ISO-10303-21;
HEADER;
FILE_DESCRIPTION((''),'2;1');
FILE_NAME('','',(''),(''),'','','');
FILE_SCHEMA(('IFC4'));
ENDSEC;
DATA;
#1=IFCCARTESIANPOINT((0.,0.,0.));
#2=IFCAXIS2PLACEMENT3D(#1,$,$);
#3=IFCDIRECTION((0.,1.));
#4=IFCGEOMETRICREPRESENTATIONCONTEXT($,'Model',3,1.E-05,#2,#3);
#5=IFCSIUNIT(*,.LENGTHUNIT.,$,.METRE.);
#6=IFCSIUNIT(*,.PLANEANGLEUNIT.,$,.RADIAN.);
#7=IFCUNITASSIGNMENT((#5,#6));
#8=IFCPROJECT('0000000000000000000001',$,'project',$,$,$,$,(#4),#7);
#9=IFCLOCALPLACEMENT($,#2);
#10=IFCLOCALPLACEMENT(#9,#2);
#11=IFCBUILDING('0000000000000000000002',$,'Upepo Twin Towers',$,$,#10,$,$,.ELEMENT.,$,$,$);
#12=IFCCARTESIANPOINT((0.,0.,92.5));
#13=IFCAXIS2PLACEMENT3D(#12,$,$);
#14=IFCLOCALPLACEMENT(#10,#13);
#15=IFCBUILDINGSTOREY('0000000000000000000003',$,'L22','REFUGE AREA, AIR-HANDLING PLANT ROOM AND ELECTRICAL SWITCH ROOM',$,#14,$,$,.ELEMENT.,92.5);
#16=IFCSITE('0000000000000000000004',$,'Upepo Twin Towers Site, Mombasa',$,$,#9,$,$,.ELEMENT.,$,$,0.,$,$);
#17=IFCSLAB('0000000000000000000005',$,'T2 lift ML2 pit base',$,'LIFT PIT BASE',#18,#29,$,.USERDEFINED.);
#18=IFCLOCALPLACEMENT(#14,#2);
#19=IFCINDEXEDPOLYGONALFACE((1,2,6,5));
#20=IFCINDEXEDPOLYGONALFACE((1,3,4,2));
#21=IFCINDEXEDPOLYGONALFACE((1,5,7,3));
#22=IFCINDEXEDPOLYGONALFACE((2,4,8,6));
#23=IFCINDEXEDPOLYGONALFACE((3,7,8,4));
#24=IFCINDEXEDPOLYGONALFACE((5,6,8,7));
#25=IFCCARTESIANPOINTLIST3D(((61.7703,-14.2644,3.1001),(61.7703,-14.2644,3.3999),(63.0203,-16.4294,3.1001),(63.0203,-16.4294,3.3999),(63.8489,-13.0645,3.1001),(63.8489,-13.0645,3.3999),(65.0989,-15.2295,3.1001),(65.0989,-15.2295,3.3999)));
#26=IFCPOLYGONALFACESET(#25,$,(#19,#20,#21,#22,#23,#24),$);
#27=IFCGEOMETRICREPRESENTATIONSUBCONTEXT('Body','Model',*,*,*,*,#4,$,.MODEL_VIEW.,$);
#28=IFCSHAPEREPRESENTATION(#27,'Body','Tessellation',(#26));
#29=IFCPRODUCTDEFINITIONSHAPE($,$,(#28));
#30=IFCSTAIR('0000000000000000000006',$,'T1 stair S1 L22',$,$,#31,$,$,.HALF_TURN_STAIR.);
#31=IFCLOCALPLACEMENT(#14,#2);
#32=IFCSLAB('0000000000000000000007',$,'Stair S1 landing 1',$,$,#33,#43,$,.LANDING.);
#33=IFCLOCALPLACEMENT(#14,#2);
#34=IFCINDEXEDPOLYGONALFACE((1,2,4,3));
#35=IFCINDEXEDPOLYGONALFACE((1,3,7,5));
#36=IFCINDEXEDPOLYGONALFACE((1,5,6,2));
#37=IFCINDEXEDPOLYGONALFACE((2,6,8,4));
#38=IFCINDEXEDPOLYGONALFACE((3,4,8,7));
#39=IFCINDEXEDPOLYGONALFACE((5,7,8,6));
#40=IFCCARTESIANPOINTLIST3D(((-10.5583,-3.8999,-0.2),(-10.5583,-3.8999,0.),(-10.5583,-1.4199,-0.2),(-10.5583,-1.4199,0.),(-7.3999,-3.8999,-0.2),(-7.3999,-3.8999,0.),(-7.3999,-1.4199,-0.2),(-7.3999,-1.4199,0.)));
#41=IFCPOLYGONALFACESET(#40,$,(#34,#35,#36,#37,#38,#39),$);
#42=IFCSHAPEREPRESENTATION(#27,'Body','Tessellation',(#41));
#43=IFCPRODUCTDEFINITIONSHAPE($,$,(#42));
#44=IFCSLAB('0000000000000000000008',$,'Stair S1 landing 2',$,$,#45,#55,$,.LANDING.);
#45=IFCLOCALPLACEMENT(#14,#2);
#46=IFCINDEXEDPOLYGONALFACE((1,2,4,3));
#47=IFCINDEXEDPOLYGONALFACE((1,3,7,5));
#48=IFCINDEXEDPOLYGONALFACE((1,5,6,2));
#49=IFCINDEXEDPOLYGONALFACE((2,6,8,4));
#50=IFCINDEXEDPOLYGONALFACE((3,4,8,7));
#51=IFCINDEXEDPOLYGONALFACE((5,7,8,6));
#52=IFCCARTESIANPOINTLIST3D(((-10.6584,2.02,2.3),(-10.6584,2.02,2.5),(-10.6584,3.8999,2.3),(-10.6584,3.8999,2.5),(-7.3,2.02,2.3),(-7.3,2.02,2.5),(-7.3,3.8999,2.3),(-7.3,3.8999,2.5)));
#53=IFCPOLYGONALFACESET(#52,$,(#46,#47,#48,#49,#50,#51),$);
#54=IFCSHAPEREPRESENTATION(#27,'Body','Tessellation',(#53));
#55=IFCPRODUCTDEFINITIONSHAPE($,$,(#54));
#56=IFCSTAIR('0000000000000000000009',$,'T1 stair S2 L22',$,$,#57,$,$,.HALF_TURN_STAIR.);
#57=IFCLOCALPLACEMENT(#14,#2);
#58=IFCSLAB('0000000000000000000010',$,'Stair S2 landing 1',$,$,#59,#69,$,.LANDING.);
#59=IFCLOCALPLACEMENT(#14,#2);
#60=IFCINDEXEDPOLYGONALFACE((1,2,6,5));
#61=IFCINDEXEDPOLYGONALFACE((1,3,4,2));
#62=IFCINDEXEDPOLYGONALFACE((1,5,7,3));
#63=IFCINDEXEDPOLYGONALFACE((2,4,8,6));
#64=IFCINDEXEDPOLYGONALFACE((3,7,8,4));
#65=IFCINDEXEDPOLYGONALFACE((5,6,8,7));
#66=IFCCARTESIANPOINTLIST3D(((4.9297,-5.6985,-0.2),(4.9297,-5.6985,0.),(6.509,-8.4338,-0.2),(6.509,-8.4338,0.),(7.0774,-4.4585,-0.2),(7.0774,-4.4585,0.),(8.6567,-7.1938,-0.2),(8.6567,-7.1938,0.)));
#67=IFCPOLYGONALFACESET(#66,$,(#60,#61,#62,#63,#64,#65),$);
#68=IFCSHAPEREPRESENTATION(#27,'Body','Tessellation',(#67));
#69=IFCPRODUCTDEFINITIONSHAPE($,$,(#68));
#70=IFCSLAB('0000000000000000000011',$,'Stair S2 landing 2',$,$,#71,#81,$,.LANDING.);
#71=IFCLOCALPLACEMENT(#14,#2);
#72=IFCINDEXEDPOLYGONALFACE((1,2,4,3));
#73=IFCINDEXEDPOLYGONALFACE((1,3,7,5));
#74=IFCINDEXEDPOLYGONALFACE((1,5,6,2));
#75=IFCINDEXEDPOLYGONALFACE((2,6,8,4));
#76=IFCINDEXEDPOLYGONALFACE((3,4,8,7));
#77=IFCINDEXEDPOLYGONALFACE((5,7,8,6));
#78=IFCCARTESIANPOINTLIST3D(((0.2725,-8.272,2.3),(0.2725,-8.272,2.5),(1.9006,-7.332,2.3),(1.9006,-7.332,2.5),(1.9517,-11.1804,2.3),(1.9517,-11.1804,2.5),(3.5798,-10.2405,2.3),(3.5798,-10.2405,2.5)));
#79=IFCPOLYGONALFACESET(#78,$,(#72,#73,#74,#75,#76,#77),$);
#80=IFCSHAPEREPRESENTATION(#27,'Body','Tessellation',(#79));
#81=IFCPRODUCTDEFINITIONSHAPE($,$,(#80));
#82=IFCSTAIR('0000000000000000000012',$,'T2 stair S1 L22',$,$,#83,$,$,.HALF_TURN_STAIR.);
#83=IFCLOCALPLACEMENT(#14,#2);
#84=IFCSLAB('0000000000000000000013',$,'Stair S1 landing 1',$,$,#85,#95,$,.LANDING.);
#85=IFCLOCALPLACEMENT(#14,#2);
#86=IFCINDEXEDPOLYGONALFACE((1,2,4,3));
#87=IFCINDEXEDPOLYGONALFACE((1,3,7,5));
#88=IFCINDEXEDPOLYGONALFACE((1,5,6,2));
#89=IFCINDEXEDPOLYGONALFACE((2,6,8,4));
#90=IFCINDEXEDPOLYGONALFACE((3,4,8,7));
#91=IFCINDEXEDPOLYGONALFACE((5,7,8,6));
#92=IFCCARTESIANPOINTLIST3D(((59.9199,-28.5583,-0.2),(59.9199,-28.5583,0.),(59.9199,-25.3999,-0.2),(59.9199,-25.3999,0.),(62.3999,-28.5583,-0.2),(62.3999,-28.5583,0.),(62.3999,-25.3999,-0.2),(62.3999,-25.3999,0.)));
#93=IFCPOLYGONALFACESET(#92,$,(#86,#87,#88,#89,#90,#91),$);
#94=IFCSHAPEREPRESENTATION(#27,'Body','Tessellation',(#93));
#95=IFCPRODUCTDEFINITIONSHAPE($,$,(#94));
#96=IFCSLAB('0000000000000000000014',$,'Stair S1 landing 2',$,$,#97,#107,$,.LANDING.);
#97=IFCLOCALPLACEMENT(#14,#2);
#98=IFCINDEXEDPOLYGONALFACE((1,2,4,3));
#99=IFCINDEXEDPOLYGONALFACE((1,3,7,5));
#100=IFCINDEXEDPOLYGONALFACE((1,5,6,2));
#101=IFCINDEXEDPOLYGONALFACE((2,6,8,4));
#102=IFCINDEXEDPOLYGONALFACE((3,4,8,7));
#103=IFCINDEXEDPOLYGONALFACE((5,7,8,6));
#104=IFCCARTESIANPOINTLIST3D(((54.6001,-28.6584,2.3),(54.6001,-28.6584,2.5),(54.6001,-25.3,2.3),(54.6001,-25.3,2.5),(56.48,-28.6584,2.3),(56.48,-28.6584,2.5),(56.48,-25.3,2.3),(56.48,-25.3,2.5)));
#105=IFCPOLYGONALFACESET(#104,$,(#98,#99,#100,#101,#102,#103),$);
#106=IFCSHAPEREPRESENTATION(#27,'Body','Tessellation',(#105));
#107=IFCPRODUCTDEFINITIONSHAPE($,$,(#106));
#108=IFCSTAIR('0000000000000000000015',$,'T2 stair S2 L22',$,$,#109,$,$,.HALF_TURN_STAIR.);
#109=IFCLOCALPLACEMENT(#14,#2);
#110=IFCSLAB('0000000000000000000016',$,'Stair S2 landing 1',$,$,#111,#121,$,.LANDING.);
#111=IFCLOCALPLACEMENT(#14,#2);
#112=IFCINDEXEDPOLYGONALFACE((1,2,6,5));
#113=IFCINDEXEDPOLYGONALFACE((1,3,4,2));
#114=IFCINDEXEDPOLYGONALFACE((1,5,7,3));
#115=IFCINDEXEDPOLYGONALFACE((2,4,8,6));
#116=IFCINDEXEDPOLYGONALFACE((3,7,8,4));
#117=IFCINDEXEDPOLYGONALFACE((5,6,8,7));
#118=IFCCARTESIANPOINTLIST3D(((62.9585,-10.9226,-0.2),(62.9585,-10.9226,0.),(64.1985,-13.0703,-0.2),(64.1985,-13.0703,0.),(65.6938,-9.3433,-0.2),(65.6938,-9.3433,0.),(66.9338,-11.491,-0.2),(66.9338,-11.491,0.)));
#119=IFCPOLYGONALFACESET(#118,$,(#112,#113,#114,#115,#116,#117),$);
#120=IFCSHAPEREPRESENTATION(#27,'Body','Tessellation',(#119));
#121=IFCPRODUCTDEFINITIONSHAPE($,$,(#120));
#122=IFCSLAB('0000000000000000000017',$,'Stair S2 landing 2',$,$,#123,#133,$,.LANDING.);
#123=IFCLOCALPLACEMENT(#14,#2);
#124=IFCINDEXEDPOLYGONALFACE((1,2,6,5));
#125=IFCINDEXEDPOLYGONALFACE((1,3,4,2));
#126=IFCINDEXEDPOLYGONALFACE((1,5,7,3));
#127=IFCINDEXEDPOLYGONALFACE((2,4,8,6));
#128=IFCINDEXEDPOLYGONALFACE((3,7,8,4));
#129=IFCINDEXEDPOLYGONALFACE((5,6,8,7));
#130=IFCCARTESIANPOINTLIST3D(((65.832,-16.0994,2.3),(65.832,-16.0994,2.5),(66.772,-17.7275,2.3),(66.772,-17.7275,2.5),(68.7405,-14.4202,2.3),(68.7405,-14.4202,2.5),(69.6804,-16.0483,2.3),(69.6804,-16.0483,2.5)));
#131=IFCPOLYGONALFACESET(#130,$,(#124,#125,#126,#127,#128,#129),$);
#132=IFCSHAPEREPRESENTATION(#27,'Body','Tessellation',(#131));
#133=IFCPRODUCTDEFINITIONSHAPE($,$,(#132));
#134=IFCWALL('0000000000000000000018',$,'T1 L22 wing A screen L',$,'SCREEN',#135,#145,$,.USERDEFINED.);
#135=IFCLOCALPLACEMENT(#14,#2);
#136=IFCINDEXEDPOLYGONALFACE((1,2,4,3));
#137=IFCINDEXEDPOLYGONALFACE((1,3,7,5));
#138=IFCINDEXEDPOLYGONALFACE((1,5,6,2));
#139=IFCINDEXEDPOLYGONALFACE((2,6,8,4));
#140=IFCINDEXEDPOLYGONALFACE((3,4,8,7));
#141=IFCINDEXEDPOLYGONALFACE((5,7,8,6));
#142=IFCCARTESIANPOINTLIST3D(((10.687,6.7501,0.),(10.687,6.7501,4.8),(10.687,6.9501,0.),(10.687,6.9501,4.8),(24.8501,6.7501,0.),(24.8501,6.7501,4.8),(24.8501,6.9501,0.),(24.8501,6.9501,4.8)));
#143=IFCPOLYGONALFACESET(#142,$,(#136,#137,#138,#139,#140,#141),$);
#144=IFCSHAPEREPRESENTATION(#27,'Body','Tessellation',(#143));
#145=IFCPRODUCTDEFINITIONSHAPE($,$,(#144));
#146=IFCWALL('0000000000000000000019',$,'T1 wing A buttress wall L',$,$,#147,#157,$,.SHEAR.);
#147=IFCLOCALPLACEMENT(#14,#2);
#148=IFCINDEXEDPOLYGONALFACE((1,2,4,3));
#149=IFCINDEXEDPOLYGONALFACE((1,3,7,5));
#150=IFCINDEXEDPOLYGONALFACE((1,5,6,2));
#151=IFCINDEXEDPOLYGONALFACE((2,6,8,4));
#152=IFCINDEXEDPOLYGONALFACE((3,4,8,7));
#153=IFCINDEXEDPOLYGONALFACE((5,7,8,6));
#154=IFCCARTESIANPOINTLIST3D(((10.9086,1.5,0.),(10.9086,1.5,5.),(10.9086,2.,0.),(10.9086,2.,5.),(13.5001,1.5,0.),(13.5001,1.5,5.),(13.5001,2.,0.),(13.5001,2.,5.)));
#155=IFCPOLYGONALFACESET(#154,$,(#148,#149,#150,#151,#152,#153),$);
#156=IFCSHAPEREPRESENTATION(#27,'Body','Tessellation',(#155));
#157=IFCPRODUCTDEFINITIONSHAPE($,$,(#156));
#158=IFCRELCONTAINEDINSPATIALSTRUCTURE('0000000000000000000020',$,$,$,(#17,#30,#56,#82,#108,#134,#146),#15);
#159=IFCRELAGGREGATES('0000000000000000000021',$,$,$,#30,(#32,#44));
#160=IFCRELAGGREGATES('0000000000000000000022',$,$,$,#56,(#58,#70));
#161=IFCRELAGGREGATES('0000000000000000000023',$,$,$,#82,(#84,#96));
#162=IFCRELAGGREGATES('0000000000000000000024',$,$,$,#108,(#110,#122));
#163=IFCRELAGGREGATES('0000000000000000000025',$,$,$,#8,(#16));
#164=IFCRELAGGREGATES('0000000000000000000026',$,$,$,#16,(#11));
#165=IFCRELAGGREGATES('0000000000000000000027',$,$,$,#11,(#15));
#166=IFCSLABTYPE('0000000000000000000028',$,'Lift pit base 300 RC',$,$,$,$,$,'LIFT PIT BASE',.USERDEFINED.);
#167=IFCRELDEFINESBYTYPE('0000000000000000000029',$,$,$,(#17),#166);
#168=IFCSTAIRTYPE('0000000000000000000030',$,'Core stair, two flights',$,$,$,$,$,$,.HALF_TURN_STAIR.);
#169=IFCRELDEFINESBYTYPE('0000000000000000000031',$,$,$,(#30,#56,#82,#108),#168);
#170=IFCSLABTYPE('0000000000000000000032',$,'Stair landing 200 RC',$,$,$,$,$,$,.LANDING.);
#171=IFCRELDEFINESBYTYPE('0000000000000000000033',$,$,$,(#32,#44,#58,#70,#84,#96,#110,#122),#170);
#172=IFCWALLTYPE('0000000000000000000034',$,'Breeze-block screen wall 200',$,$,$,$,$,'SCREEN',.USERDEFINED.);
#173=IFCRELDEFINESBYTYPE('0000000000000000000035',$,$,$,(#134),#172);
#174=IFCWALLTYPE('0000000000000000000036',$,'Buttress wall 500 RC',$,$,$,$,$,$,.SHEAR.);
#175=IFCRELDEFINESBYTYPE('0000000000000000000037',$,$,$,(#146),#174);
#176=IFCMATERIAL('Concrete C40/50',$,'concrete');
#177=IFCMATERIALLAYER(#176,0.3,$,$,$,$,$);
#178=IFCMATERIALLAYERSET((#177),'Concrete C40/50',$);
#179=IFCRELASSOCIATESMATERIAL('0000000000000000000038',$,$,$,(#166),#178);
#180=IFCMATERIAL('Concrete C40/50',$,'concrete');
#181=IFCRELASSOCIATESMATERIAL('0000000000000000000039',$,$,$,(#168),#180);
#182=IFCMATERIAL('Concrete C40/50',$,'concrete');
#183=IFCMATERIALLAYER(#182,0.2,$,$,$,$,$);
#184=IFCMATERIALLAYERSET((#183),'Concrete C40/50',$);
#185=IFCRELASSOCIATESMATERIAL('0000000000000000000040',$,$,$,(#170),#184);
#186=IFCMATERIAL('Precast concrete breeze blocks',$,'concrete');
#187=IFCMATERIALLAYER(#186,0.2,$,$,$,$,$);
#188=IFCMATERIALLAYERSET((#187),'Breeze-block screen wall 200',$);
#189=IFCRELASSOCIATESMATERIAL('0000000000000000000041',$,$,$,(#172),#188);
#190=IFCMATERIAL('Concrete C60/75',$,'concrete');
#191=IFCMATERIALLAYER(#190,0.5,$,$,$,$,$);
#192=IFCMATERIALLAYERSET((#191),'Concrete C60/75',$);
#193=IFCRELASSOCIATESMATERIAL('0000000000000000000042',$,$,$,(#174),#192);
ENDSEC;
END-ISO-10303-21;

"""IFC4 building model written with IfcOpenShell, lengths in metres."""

from ifc_helpers import new_model, si_unit, direction, frame, frame_2d, origin, place, context, subcontext, project, spatial, polyline, rectangle, outline, extrude, material, layer, layer_set, type_object, element, aggregate, save


model = new_model("IFC4")

# Units and contexts
model_context = context("Model", 3, precision=1e-05, world=origin(), true_north=direction((0.0, 1.0)))
body_context = subcontext(model_context, "Body", "Model", "MODEL_VIEW")
ifc_project = project(units=[si_unit("LENGTHUNIT", "METRE"), si_unit("PLANEANGLEUNIT", "RADIAN")], contexts=[model_context])

# Site, building, storey
site_placement = place(None, origin())
site = spatial("IfcSite", under=ifc_project, at=site_placement, Name="Upepo Twin Towers Site, Mombasa", CompositionType="ELEMENT", RefElevation=0.0)
building_placement = place(site_placement, origin())
building = spatial("IfcBuilding", under=site, at=building_placement, Name="Upepo Twin Towers", CompositionType="ELEMENT")
storey_placement = place(building_placement, frame((0.0, 0.0, 92.5)))
storey = spatial("IfcBuildingStorey", under=building, at=storey_placement, Name="L22", Description="REFUGE AREA, AIR-HANDLING PLANT ROOM AND ELECTRICAL SWITCH ROOM", CompositionType="ELEMENT", Elevation=92.5)

# Slab
ifc_material_1 = material(Name="Concrete C40/50", Category="concrete")
ifc_layer_1 = layer(ifc_material_1, 0.3)
ifc_layer_set_1 = layer_set([ifc_layer_1], Name="Concrete C40/50")
slab_type_1 = type_object("IfcSlabType", Name="Lift pit base 300 RC", ElementType="LIFT PIT BASE", PredefinedType="USERDEFINED", material=ifc_layer_set_1)
slab_1_placement = place(storey_placement, frame((0.0, 0.0, 3.1001)))
element("IfcSlab", 1, at=slab_1_placement, inside=storey, type_object=slab_type_1, Name="T2 lift ML2 pit base", ObjectType="LIFT PIT BASE", PredefinedType="USERDEFINED", context=body_context, shape_type="SweptSolid", body=[
    extrude(outline(polyline([(63.0203, -16.4294), (65.0989, -15.2295), (63.8489, -13.0645), (61.7703, -14.2644), (63.0203, -16.4294)])), origin(), (0.0, 0.0, 1.0), 0.2998),
])

# Stairs, slabs
ifc_material_2 = material(Name="Concrete C40/50", Category="concrete")
stair_type = type_object("IfcStairType", Name="Core stair, two flights", PredefinedType="HALF_TURN_STAIR", material=ifc_material_2)
stair_1_placement = place(storey_placement, origin())
stair_1 = element("IfcStair", 2, at=stair_1_placement, inside=storey, type_object=stair_type, Name="T1 stair S1 L22", PredefinedType="HALF_TURN_STAIR")
ifc_material_3 = material(Name="Concrete C40/50", Category="concrete")
ifc_layer_2 = layer(ifc_material_3, 0.2)
ifc_layer_set_2 = layer_set([ifc_layer_2], Name="Concrete C40/50")
slab_type_2 = type_object("IfcSlabType", Name="Stair landing 200 RC", PredefinedType="LANDING", material=ifc_layer_set_2)
slab_2_placement = place(storey_placement, frame((0.0, 0.0, -0.2)))
slab_2 = element("IfcSlab", 3, at=slab_2_placement, type_object=slab_type_2, Name="Stair S1 landing 1", PredefinedType="LANDING", context=body_context, shape_type="SweptSolid", body=[
    extrude(outline(polyline([(-7.3999, -1.4199), (-10.5583, -1.4199), (-10.5583, -3.8999), (-7.3999, -3.8999), (-7.3999, -1.4199)])), origin(), (0.0, 0.0, 1.0), 0.2),
])
slab_3_placement = place(storey_placement, frame((0.0, 0.0, 2.3)))
slab_3 = element("IfcSlab", 4, at=slab_3_placement, type_object=slab_type_2, Name="Stair S1 landing 2", PredefinedType="LANDING", context=body_context, shape_type="SweptSolid", body=[
    extrude(outline(polyline([(-7.3, 3.8999), (-10.6584, 3.8999), (-10.6584, 2.02), (-7.3, 2.02), (-7.3, 3.8999)])), origin(), (0.0, 0.0, 1.0), 0.2),
])
aggregate(stair_1, [slab_2, slab_3])
stair_2_placement = place(storey_placement, origin())
stair_2 = element("IfcStair", 5, at=stair_2_placement, inside=storey, type_object=stair_type, Name="T1 stair S2 L22", PredefinedType="HALF_TURN_STAIR")
slab_4_placement = place(storey_placement, frame((0.0, 0.0, -0.2)))
slab_4 = element("IfcSlab", 6, at=slab_4_placement, type_object=slab_type_2, Name="Stair S2 landing 1", PredefinedType="LANDING", context=body_context, shape_type="SweptSolid", body=[
    extrude(outline(polyline([(4.9297, -5.6985), (6.509, -8.4338), (8.6567, -7.1938), (7.0774, -4.4585), (4.9297, -5.6985)])), origin(), (0.0, 0.0, 1.0), 0.2),
])
slab_5_placement = place(storey_placement, frame((0.0, 0.0, 2.3)))
slab_5 = element("IfcSlab", 7, at=slab_5_placement, type_object=slab_type_2, Name="Stair S2 landing 2", PredefinedType="LANDING", context=body_context, shape_type="SweptSolid", body=[
    extrude(outline(polyline([(0.2725, -8.272), (1.9517, -11.1804), (3.5798, -10.2405), (1.9006, -7.332), (0.2725, -8.272)])), origin(), (0.0, 0.0, 1.0), 0.2),
])
aggregate(stair_2, [slab_4, slab_5])
stair_3_placement = place(storey_placement, origin())
stair_3 = element("IfcStair", 8, at=stair_3_placement, inside=storey, type_object=stair_type, Name="T2 stair S1 L22", PredefinedType="HALF_TURN_STAIR")
slab_6_placement = place(storey_placement, frame((0.0, 0.0, -0.2)))
slab_6 = element("IfcSlab", 9, at=slab_6_placement, type_object=slab_type_2, Name="Stair S1 landing 1", PredefinedType="LANDING", context=body_context, shape_type="SweptSolid", body=[
    extrude(outline(polyline([(59.9199, -25.3999), (59.9199, -28.5583), (62.3999, -28.5583), (62.3999, -25.3999), (59.9199, -25.3999)])), origin(), (0.0, 0.0, 1.0), 0.2),
])
slab_7_placement = place(storey_placement, frame((0.0, 0.0, 2.3)))
slab_7 = element("IfcSlab", 10, at=slab_7_placement, type_object=slab_type_2, Name="Stair S1 landing 2", PredefinedType="LANDING", context=body_context, shape_type="SweptSolid", body=[
    extrude(outline(polyline([(54.6001, -25.3), (54.6001, -28.6584), (56.48, -28.6584), (56.48, -25.3), (54.6001, -25.3)])), origin(), (0.0, 0.0, 1.0), 0.2),
])
aggregate(stair_3, [slab_6, slab_7])
stair_4_placement = place(storey_placement, origin())
stair_4 = element("IfcStair", 11, at=stair_4_placement, inside=storey, type_object=stair_type, Name="T2 stair S2 L22", PredefinedType="HALF_TURN_STAIR")
slab_8_placement = place(storey_placement, frame((0.0, 0.0, -0.2)))
slab_8 = element("IfcSlab", 12, at=slab_8_placement, type_object=slab_type_2, Name="Stair S2 landing 1", PredefinedType="LANDING", context=body_context, shape_type="SweptSolid", body=[
    extrude(outline(polyline([(64.1985, -13.0703), (66.9338, -11.491), (65.6938, -9.3433), (62.9585, -10.9226), (64.1985, -13.0703)])), origin(), (0.0, 0.0, 1.0), 0.2),
])
slab_9_placement = place(storey_placement, frame((0.0, 0.0, 2.3)))
slab_9 = element("IfcSlab", 13, at=slab_9_placement, type_object=slab_type_2, Name="Stair S2 landing 2", PredefinedType="LANDING", context=body_context, shape_type="SweptSolid", body=[
    extrude(outline(polyline([(66.772, -17.7275), (69.6804, -16.0483), (68.7405, -14.4202), (65.832, -16.0994), (66.772, -17.7275)])), origin(), (0.0, 0.0, 1.0), 0.2),
])
aggregate(stair_4, [slab_8, slab_9])

# Walls
ifc_material_4 = material(Name="Precast concrete breeze blocks", Category="concrete")
ifc_layer_3 = layer(ifc_material_4, 0.2)
ifc_layer_set_3 = layer_set([ifc_layer_3], Name="Breeze-block screen wall 200")
wall_type_1 = type_object("IfcWallType", Name="Breeze-block screen wall 200", ElementType="SCREEN", PredefinedType="USERDEFINED", material=ifc_layer_set_3)
wall_1_placement = place(storey_placement, frame((10.687, 6.8501, 0.0), z_axis=(0.0, 0.0, 1.0), x_axis=(1.0, 0.0, 0.0)))
element("IfcWall", 14, at=wall_1_placement, inside=storey, type_object=wall_type_1, Name="T1 L22 wing A screen L", ObjectType="SCREEN", PredefinedType="USERDEFINED", context=body_context, shape_type="SweptSolid", body=[
    extrude(rectangle(XDim=14.1631, YDim=0.2, at=frame_2d((7.0815, 0.0))), origin(), (0.0, 0.0, 1.0), 4.8),
])
ifc_material_5 = material(Name="Concrete C60/75", Category="concrete")
ifc_layer_4 = layer(ifc_material_5, 0.5)
ifc_layer_set_4 = layer_set([ifc_layer_4], Name="Concrete C60/75")
wall_type_2 = type_object("IfcWallType", Name="Buttress wall 500 RC", PredefinedType="SHEAR", material=ifc_layer_set_4)
wall_2_placement = place(storey_placement, frame((10.9084, 1.75, 0.0), z_axis=(0.0, 0.0, 1.0), x_axis=(1.0, 0.0, 0.0)))
element("IfcWall", 15, at=wall_2_placement, inside=storey, type_object=wall_type_2, Name="T1 wing A buttress wall L", PredefinedType="SHEAR", context=body_context, shape_type="SweptSolid", body=[
    extrude(rectangle(XDim=2.5916, YDim=0.5, at=frame_2d((1.2959, 0.0))), origin(), (0.0, 0.0, 1.0), 5.0),
])

save(model, "model.ifc")
